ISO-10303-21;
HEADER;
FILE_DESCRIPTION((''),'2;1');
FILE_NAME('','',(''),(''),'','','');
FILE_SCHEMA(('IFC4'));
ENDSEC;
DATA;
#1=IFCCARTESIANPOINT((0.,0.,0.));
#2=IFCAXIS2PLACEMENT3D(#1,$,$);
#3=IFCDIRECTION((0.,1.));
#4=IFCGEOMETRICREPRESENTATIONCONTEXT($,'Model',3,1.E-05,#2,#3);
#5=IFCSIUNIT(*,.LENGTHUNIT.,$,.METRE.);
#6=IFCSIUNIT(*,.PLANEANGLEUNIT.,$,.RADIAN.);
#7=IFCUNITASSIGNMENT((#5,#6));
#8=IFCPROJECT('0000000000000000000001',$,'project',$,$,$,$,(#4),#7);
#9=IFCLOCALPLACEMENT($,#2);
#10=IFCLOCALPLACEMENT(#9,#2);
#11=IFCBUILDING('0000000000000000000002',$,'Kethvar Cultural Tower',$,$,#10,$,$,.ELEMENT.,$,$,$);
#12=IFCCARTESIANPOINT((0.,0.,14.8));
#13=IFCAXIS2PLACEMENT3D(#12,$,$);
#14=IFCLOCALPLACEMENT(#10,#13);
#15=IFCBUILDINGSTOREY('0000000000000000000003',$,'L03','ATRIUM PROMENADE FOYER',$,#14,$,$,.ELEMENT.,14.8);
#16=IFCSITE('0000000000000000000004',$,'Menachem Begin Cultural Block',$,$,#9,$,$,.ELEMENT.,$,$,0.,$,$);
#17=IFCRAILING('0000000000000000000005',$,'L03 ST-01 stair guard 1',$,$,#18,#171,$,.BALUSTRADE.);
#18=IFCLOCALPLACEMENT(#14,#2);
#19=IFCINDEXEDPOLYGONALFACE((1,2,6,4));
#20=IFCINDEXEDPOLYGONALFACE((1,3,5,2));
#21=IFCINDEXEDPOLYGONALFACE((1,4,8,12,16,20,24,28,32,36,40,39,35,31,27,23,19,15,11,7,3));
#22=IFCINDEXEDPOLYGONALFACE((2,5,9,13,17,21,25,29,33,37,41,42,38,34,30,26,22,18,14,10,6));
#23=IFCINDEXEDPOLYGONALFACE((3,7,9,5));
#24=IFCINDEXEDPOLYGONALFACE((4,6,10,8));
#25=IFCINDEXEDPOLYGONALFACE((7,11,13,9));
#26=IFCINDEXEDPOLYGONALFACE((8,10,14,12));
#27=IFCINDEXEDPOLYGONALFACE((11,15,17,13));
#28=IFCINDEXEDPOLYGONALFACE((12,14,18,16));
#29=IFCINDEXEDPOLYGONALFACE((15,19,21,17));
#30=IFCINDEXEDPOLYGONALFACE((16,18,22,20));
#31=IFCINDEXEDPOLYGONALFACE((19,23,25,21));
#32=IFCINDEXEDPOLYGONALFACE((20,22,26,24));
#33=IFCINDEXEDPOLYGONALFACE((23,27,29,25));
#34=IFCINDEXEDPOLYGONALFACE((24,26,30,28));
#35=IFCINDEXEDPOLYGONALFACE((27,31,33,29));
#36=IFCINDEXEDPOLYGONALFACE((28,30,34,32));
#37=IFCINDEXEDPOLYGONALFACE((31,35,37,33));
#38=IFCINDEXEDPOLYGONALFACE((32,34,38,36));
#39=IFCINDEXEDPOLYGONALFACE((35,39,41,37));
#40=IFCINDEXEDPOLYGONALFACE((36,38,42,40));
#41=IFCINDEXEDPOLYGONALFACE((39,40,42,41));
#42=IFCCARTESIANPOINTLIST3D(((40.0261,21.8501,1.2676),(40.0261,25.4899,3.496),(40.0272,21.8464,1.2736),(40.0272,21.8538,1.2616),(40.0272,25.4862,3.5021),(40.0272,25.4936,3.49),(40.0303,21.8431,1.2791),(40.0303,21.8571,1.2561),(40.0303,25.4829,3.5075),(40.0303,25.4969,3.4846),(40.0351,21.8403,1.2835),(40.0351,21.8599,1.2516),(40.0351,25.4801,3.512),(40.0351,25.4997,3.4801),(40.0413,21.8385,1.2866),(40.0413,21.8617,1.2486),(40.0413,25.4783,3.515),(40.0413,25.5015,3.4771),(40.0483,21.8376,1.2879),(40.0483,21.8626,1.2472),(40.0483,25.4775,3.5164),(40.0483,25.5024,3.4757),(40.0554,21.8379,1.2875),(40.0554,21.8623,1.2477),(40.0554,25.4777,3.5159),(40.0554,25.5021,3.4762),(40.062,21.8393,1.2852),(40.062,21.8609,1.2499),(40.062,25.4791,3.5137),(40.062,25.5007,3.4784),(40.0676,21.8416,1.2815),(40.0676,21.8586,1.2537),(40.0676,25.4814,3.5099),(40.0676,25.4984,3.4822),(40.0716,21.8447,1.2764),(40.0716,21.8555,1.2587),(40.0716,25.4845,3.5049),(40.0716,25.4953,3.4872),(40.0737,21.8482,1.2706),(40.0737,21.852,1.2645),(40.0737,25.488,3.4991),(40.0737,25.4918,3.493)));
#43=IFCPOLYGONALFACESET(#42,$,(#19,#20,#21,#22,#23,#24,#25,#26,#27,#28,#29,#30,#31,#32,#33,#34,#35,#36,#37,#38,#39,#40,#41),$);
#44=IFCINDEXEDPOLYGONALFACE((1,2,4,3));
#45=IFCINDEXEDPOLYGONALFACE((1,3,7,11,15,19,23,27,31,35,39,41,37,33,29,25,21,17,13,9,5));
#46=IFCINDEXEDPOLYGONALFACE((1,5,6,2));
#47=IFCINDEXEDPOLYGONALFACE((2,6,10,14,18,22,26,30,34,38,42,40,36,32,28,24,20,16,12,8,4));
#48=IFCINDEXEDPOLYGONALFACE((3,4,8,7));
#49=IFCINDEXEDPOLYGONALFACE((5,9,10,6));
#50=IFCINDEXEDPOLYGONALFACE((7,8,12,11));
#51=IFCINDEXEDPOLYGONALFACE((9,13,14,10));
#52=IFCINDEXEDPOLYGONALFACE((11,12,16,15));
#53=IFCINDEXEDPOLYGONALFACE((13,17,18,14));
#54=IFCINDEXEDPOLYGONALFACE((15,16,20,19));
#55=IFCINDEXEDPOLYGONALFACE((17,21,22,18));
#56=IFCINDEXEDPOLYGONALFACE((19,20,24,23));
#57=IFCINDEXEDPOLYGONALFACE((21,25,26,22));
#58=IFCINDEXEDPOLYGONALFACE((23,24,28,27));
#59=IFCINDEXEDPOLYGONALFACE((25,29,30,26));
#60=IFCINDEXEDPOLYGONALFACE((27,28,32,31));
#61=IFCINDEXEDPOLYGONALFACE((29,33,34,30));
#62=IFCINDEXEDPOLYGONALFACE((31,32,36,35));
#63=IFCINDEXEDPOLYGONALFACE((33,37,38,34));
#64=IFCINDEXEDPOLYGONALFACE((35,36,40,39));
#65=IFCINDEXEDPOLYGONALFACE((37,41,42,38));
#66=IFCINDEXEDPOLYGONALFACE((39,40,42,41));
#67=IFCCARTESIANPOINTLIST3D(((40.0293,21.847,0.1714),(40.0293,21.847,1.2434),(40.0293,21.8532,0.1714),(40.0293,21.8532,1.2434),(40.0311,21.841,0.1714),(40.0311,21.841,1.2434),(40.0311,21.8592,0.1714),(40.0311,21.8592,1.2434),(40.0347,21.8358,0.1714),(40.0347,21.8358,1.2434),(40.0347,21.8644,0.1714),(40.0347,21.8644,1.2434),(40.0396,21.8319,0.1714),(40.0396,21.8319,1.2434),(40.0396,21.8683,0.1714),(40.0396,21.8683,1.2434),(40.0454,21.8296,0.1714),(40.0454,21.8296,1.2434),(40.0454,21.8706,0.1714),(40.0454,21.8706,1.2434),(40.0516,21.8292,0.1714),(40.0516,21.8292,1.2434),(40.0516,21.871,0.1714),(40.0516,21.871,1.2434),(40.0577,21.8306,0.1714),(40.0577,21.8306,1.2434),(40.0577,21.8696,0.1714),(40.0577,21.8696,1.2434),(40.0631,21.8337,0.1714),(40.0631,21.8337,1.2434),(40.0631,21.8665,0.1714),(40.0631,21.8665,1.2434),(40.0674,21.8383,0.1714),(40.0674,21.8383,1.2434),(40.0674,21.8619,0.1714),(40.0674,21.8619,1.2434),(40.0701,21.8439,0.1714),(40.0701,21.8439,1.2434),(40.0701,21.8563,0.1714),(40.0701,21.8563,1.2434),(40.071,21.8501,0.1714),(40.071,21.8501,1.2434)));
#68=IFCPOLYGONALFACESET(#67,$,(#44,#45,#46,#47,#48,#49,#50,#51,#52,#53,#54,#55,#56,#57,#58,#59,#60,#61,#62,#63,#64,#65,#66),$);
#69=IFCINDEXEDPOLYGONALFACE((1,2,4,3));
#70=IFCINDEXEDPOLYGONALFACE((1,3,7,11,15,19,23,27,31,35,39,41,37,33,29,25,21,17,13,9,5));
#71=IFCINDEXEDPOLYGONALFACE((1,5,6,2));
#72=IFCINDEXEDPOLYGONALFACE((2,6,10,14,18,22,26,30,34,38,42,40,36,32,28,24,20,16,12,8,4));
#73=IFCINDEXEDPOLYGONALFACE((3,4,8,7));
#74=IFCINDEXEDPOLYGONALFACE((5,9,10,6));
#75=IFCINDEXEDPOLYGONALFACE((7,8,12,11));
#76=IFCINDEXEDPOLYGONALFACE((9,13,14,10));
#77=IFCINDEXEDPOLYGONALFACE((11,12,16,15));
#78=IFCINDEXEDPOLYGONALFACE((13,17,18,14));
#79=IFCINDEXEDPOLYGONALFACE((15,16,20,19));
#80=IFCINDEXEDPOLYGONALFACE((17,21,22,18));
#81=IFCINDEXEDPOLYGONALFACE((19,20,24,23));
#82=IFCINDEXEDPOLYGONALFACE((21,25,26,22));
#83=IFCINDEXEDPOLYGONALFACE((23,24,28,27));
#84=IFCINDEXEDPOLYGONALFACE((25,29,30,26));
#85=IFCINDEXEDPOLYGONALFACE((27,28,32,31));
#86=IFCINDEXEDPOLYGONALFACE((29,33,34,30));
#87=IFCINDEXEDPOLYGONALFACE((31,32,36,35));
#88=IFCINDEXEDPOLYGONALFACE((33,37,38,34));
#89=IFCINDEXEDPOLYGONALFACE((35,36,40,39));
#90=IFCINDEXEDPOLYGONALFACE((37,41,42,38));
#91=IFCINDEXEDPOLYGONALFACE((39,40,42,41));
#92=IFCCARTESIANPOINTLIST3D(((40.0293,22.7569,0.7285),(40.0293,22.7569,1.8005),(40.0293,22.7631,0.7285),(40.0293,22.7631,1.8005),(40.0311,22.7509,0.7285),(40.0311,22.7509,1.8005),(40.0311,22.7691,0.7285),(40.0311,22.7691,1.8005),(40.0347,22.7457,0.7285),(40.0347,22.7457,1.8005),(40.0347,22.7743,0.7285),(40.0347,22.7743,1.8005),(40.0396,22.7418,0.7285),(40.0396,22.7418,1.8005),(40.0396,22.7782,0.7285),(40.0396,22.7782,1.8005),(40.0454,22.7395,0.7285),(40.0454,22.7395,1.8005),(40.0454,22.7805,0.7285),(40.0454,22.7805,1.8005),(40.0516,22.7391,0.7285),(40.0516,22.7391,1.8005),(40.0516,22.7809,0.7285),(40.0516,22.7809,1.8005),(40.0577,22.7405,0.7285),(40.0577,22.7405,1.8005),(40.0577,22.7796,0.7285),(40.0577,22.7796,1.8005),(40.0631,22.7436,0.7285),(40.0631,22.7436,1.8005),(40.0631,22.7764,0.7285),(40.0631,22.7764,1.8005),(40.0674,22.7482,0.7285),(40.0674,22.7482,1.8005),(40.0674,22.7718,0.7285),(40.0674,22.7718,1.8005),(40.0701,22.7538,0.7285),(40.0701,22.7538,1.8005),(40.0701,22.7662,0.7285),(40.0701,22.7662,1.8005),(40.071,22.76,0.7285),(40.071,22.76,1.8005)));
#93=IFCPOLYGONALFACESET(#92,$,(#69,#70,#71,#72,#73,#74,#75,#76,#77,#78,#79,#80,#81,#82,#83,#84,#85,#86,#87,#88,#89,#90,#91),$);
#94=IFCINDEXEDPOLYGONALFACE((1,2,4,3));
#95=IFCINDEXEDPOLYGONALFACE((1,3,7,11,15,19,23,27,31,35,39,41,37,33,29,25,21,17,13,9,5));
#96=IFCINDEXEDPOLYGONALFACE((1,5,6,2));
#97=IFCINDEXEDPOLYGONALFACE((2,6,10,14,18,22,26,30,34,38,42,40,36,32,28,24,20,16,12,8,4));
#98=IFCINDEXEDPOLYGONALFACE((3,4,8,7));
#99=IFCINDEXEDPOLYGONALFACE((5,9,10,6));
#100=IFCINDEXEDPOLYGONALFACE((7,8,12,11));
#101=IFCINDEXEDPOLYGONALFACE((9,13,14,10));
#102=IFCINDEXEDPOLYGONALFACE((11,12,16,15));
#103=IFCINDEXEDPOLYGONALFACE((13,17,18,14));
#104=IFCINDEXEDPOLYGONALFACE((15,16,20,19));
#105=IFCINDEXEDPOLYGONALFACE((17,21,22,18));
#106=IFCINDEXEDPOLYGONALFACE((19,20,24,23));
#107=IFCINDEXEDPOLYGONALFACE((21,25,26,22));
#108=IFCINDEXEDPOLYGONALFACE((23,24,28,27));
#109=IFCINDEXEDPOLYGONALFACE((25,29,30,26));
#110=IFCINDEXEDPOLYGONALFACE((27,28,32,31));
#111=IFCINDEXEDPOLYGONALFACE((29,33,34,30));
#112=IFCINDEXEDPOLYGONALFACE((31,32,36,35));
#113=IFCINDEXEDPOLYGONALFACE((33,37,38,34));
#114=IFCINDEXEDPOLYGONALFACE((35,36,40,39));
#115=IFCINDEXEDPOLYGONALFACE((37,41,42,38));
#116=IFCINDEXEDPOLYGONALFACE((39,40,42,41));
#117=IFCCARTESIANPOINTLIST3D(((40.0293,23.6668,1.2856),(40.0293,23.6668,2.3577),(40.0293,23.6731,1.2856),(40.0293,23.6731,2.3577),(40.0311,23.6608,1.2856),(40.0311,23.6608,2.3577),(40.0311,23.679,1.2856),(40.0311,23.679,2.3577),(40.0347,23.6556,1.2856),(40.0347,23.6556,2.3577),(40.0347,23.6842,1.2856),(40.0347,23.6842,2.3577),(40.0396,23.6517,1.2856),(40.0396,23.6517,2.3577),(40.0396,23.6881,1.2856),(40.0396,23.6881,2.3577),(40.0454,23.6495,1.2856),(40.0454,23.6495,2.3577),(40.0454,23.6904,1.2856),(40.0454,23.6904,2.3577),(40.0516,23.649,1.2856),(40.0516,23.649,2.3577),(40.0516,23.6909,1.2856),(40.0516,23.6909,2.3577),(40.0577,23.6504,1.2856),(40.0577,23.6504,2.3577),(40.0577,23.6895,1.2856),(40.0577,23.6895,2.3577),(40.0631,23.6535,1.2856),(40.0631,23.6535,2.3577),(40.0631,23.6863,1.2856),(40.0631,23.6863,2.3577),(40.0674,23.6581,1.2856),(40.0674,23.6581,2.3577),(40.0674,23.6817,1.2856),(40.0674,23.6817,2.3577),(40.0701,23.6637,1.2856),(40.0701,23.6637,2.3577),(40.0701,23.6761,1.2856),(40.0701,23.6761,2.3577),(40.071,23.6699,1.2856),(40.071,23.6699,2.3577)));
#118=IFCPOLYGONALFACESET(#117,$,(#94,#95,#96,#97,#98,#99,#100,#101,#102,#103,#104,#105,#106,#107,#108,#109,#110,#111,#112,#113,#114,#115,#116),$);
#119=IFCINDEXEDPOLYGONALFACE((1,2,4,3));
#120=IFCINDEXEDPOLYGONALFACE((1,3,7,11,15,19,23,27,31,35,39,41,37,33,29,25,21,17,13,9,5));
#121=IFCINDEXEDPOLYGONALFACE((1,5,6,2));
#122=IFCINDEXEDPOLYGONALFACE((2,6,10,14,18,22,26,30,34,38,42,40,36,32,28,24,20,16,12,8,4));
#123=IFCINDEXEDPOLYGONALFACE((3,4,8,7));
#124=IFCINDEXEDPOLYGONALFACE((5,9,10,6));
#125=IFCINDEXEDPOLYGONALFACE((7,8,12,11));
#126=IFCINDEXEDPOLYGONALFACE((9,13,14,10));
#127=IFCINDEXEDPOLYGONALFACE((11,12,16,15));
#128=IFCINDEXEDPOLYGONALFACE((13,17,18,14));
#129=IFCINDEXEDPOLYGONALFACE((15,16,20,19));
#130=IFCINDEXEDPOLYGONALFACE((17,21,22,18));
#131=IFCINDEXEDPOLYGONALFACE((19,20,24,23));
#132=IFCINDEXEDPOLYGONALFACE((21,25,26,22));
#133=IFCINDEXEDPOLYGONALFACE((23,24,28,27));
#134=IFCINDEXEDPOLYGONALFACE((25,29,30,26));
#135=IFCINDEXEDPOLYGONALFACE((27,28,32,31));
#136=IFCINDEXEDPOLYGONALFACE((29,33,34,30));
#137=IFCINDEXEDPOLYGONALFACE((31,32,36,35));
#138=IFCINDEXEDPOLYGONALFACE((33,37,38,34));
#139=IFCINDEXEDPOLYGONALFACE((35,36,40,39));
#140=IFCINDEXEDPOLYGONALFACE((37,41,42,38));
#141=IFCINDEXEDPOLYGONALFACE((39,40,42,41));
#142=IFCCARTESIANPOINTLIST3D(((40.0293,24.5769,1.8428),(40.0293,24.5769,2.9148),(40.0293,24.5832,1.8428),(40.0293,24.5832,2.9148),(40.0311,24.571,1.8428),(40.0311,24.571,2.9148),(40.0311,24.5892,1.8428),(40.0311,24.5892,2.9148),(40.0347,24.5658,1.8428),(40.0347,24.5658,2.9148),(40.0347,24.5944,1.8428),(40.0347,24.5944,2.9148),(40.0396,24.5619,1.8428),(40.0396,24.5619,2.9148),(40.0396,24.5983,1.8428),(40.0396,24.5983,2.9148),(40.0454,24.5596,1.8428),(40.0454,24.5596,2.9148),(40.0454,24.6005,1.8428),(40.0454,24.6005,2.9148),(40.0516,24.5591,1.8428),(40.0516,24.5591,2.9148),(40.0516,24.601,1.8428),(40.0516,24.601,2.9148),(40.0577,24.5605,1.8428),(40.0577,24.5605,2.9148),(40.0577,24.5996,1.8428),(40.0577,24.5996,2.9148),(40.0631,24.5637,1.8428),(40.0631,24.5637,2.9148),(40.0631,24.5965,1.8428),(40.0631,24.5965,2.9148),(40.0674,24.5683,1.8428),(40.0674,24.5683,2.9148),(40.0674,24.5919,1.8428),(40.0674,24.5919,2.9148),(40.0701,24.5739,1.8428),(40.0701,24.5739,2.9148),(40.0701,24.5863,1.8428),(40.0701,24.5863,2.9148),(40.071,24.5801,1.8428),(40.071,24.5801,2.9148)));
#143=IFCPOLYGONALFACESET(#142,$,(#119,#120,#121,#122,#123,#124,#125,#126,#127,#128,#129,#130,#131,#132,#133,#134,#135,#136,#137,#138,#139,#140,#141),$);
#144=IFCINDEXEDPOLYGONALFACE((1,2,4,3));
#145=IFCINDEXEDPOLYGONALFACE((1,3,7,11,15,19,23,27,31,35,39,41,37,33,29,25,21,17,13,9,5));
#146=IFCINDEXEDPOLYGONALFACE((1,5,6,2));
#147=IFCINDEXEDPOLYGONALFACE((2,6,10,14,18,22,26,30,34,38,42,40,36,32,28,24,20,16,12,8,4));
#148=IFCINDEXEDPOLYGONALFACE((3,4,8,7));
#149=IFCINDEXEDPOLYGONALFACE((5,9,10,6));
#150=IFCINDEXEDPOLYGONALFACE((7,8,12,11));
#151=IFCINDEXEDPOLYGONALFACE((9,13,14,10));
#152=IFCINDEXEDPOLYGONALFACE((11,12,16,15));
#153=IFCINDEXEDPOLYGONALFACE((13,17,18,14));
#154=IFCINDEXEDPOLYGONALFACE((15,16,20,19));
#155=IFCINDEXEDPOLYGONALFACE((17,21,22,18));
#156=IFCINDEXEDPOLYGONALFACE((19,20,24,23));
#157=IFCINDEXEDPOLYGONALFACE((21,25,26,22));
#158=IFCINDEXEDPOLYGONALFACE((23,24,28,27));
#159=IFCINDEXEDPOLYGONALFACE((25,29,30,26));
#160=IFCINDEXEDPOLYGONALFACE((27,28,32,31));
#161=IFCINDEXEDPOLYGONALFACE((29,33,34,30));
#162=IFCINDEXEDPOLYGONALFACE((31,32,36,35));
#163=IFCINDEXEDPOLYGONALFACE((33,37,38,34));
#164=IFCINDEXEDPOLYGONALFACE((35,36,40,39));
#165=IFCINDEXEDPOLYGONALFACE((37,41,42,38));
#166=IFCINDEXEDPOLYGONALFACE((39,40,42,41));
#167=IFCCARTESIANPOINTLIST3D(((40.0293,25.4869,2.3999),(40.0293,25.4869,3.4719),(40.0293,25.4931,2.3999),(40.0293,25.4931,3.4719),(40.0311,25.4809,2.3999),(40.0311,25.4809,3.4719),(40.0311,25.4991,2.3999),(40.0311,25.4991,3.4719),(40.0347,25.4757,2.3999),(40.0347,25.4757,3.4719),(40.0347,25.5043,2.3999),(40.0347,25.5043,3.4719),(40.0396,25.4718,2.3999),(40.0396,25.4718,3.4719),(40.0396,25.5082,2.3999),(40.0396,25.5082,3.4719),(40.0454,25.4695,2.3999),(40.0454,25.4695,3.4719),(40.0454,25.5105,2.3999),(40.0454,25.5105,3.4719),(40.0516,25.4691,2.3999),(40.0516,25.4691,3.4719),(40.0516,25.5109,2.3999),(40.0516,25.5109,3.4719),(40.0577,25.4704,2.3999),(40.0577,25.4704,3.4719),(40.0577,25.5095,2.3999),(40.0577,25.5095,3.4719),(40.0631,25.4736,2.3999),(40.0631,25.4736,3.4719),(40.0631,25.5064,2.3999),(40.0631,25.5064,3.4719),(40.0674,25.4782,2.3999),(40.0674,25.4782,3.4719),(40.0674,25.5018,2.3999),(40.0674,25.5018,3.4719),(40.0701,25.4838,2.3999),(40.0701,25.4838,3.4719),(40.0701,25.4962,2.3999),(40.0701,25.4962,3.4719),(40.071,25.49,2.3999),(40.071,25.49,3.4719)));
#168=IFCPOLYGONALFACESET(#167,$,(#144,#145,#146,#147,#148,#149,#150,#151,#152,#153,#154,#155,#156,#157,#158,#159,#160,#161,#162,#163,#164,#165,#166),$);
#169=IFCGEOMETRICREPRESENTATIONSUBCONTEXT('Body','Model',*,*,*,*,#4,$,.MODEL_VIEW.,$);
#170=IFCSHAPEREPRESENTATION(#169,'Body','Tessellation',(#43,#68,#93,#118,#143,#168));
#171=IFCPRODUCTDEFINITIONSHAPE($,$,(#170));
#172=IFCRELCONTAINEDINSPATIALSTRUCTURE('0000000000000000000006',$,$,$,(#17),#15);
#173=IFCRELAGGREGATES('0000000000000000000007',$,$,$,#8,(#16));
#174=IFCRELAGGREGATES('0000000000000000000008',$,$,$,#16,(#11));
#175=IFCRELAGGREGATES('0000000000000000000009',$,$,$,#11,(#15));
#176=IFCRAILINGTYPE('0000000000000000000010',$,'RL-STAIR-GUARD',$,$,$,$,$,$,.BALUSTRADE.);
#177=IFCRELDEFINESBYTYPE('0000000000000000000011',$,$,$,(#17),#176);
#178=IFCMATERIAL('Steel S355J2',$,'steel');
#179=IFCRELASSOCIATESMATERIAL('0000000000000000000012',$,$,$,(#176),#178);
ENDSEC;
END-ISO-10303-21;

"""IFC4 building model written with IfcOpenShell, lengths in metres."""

from ifc_helpers import new_model, si_unit, direction, frame, origin, origin_2d, place, context, subcontext, project, spatial, circle, extrude, material, type_object, element, save


model = new_model("IFC4")

# Units and contexts
model_context = context("Model", 3, precision=1e-05, world=origin(), true_north=direction((0.0, 1.0)))
body_context = subcontext(model_context, "Body", "Model", "MODEL_VIEW")
ifc_project = project(units=[si_unit("LENGTHUNIT", "METRE"), si_unit("PLANEANGLEUNIT", "RADIAN")], contexts=[model_context])

# Site, building, storey
site_placement = place(None, origin())
site = spatial("IfcSite", under=ifc_project, at=site_placement, Name="Menachem Begin Cultural Block", CompositionType="ELEMENT", RefElevation=0.0)
building_placement = place(site_placement, origin())
building = spatial("IfcBuilding", under=site, at=building_placement, Name="Kethvar Cultural Tower", CompositionType="ELEMENT")
storey_placement = place(building_placement, frame((0.0, 0.0, 14.8)))
storey = spatial("IfcBuildingStorey", under=building, at=storey_placement, Name="L03", Description="ATRIUM PROMENADE FOYER", CompositionType="ELEMENT", Elevation=14.8)

# Shared definitions
ifc_material_1 = material(Name="Steel S355J2", Category="steel")

# Railing
railing_type_1 = type_object("IfcRailingType", Name="RL-STAIR-GUARD", PredefinedType="BALUSTRADE", material=ifc_material_1)
railing_1_placement = place(storey_placement, frame((40.05, 21.8501, 0.1714)))
element("IfcRailing", 1, at=railing_1_placement, inside=storey, type_object=railing_type_1, Name="L03 ST-01 stair guard 1", PredefinedType="BALUSTRADE", context=body_context, shape_type="SweptSolid", body=[
    extrude(circle(Radius=0.0239, at=origin_2d()), frame((0.0, 0.0, 1.0962), z_axis=(0.0, 0.85285, 0.522156), x_axis=(-1.0, 0.0, 0.0)), (0.0, 0.0, 1.0), 4.2678),
    extrude(circle(Radius=0.021, at=origin_2d()), origin(), (0.0, 0.0, 1.0), 1.072),
    extrude(circle(Radius=0.021, at=origin_2d()), frame((0.0, 0.9099, 0.5571)), (0.0, 0.0, 1.0), 1.072),
    extrude(circle(Radius=0.021, at=origin_2d()), frame((0.0, 1.8198, 1.1143)), (0.0, 0.0, 1.0), 1.072),
    extrude(circle(Radius=0.021, at=origin_2d()), frame((0.0, 2.73, 1.6714)), (0.0, 0.0, 1.0), 1.072),
    extrude(circle(Radius=0.021, at=origin_2d()), frame((0.0, 3.6399, 2.2285)), (0.0, 0.0, 1.0), 1.072),
])

save(model, "model.ifc")
